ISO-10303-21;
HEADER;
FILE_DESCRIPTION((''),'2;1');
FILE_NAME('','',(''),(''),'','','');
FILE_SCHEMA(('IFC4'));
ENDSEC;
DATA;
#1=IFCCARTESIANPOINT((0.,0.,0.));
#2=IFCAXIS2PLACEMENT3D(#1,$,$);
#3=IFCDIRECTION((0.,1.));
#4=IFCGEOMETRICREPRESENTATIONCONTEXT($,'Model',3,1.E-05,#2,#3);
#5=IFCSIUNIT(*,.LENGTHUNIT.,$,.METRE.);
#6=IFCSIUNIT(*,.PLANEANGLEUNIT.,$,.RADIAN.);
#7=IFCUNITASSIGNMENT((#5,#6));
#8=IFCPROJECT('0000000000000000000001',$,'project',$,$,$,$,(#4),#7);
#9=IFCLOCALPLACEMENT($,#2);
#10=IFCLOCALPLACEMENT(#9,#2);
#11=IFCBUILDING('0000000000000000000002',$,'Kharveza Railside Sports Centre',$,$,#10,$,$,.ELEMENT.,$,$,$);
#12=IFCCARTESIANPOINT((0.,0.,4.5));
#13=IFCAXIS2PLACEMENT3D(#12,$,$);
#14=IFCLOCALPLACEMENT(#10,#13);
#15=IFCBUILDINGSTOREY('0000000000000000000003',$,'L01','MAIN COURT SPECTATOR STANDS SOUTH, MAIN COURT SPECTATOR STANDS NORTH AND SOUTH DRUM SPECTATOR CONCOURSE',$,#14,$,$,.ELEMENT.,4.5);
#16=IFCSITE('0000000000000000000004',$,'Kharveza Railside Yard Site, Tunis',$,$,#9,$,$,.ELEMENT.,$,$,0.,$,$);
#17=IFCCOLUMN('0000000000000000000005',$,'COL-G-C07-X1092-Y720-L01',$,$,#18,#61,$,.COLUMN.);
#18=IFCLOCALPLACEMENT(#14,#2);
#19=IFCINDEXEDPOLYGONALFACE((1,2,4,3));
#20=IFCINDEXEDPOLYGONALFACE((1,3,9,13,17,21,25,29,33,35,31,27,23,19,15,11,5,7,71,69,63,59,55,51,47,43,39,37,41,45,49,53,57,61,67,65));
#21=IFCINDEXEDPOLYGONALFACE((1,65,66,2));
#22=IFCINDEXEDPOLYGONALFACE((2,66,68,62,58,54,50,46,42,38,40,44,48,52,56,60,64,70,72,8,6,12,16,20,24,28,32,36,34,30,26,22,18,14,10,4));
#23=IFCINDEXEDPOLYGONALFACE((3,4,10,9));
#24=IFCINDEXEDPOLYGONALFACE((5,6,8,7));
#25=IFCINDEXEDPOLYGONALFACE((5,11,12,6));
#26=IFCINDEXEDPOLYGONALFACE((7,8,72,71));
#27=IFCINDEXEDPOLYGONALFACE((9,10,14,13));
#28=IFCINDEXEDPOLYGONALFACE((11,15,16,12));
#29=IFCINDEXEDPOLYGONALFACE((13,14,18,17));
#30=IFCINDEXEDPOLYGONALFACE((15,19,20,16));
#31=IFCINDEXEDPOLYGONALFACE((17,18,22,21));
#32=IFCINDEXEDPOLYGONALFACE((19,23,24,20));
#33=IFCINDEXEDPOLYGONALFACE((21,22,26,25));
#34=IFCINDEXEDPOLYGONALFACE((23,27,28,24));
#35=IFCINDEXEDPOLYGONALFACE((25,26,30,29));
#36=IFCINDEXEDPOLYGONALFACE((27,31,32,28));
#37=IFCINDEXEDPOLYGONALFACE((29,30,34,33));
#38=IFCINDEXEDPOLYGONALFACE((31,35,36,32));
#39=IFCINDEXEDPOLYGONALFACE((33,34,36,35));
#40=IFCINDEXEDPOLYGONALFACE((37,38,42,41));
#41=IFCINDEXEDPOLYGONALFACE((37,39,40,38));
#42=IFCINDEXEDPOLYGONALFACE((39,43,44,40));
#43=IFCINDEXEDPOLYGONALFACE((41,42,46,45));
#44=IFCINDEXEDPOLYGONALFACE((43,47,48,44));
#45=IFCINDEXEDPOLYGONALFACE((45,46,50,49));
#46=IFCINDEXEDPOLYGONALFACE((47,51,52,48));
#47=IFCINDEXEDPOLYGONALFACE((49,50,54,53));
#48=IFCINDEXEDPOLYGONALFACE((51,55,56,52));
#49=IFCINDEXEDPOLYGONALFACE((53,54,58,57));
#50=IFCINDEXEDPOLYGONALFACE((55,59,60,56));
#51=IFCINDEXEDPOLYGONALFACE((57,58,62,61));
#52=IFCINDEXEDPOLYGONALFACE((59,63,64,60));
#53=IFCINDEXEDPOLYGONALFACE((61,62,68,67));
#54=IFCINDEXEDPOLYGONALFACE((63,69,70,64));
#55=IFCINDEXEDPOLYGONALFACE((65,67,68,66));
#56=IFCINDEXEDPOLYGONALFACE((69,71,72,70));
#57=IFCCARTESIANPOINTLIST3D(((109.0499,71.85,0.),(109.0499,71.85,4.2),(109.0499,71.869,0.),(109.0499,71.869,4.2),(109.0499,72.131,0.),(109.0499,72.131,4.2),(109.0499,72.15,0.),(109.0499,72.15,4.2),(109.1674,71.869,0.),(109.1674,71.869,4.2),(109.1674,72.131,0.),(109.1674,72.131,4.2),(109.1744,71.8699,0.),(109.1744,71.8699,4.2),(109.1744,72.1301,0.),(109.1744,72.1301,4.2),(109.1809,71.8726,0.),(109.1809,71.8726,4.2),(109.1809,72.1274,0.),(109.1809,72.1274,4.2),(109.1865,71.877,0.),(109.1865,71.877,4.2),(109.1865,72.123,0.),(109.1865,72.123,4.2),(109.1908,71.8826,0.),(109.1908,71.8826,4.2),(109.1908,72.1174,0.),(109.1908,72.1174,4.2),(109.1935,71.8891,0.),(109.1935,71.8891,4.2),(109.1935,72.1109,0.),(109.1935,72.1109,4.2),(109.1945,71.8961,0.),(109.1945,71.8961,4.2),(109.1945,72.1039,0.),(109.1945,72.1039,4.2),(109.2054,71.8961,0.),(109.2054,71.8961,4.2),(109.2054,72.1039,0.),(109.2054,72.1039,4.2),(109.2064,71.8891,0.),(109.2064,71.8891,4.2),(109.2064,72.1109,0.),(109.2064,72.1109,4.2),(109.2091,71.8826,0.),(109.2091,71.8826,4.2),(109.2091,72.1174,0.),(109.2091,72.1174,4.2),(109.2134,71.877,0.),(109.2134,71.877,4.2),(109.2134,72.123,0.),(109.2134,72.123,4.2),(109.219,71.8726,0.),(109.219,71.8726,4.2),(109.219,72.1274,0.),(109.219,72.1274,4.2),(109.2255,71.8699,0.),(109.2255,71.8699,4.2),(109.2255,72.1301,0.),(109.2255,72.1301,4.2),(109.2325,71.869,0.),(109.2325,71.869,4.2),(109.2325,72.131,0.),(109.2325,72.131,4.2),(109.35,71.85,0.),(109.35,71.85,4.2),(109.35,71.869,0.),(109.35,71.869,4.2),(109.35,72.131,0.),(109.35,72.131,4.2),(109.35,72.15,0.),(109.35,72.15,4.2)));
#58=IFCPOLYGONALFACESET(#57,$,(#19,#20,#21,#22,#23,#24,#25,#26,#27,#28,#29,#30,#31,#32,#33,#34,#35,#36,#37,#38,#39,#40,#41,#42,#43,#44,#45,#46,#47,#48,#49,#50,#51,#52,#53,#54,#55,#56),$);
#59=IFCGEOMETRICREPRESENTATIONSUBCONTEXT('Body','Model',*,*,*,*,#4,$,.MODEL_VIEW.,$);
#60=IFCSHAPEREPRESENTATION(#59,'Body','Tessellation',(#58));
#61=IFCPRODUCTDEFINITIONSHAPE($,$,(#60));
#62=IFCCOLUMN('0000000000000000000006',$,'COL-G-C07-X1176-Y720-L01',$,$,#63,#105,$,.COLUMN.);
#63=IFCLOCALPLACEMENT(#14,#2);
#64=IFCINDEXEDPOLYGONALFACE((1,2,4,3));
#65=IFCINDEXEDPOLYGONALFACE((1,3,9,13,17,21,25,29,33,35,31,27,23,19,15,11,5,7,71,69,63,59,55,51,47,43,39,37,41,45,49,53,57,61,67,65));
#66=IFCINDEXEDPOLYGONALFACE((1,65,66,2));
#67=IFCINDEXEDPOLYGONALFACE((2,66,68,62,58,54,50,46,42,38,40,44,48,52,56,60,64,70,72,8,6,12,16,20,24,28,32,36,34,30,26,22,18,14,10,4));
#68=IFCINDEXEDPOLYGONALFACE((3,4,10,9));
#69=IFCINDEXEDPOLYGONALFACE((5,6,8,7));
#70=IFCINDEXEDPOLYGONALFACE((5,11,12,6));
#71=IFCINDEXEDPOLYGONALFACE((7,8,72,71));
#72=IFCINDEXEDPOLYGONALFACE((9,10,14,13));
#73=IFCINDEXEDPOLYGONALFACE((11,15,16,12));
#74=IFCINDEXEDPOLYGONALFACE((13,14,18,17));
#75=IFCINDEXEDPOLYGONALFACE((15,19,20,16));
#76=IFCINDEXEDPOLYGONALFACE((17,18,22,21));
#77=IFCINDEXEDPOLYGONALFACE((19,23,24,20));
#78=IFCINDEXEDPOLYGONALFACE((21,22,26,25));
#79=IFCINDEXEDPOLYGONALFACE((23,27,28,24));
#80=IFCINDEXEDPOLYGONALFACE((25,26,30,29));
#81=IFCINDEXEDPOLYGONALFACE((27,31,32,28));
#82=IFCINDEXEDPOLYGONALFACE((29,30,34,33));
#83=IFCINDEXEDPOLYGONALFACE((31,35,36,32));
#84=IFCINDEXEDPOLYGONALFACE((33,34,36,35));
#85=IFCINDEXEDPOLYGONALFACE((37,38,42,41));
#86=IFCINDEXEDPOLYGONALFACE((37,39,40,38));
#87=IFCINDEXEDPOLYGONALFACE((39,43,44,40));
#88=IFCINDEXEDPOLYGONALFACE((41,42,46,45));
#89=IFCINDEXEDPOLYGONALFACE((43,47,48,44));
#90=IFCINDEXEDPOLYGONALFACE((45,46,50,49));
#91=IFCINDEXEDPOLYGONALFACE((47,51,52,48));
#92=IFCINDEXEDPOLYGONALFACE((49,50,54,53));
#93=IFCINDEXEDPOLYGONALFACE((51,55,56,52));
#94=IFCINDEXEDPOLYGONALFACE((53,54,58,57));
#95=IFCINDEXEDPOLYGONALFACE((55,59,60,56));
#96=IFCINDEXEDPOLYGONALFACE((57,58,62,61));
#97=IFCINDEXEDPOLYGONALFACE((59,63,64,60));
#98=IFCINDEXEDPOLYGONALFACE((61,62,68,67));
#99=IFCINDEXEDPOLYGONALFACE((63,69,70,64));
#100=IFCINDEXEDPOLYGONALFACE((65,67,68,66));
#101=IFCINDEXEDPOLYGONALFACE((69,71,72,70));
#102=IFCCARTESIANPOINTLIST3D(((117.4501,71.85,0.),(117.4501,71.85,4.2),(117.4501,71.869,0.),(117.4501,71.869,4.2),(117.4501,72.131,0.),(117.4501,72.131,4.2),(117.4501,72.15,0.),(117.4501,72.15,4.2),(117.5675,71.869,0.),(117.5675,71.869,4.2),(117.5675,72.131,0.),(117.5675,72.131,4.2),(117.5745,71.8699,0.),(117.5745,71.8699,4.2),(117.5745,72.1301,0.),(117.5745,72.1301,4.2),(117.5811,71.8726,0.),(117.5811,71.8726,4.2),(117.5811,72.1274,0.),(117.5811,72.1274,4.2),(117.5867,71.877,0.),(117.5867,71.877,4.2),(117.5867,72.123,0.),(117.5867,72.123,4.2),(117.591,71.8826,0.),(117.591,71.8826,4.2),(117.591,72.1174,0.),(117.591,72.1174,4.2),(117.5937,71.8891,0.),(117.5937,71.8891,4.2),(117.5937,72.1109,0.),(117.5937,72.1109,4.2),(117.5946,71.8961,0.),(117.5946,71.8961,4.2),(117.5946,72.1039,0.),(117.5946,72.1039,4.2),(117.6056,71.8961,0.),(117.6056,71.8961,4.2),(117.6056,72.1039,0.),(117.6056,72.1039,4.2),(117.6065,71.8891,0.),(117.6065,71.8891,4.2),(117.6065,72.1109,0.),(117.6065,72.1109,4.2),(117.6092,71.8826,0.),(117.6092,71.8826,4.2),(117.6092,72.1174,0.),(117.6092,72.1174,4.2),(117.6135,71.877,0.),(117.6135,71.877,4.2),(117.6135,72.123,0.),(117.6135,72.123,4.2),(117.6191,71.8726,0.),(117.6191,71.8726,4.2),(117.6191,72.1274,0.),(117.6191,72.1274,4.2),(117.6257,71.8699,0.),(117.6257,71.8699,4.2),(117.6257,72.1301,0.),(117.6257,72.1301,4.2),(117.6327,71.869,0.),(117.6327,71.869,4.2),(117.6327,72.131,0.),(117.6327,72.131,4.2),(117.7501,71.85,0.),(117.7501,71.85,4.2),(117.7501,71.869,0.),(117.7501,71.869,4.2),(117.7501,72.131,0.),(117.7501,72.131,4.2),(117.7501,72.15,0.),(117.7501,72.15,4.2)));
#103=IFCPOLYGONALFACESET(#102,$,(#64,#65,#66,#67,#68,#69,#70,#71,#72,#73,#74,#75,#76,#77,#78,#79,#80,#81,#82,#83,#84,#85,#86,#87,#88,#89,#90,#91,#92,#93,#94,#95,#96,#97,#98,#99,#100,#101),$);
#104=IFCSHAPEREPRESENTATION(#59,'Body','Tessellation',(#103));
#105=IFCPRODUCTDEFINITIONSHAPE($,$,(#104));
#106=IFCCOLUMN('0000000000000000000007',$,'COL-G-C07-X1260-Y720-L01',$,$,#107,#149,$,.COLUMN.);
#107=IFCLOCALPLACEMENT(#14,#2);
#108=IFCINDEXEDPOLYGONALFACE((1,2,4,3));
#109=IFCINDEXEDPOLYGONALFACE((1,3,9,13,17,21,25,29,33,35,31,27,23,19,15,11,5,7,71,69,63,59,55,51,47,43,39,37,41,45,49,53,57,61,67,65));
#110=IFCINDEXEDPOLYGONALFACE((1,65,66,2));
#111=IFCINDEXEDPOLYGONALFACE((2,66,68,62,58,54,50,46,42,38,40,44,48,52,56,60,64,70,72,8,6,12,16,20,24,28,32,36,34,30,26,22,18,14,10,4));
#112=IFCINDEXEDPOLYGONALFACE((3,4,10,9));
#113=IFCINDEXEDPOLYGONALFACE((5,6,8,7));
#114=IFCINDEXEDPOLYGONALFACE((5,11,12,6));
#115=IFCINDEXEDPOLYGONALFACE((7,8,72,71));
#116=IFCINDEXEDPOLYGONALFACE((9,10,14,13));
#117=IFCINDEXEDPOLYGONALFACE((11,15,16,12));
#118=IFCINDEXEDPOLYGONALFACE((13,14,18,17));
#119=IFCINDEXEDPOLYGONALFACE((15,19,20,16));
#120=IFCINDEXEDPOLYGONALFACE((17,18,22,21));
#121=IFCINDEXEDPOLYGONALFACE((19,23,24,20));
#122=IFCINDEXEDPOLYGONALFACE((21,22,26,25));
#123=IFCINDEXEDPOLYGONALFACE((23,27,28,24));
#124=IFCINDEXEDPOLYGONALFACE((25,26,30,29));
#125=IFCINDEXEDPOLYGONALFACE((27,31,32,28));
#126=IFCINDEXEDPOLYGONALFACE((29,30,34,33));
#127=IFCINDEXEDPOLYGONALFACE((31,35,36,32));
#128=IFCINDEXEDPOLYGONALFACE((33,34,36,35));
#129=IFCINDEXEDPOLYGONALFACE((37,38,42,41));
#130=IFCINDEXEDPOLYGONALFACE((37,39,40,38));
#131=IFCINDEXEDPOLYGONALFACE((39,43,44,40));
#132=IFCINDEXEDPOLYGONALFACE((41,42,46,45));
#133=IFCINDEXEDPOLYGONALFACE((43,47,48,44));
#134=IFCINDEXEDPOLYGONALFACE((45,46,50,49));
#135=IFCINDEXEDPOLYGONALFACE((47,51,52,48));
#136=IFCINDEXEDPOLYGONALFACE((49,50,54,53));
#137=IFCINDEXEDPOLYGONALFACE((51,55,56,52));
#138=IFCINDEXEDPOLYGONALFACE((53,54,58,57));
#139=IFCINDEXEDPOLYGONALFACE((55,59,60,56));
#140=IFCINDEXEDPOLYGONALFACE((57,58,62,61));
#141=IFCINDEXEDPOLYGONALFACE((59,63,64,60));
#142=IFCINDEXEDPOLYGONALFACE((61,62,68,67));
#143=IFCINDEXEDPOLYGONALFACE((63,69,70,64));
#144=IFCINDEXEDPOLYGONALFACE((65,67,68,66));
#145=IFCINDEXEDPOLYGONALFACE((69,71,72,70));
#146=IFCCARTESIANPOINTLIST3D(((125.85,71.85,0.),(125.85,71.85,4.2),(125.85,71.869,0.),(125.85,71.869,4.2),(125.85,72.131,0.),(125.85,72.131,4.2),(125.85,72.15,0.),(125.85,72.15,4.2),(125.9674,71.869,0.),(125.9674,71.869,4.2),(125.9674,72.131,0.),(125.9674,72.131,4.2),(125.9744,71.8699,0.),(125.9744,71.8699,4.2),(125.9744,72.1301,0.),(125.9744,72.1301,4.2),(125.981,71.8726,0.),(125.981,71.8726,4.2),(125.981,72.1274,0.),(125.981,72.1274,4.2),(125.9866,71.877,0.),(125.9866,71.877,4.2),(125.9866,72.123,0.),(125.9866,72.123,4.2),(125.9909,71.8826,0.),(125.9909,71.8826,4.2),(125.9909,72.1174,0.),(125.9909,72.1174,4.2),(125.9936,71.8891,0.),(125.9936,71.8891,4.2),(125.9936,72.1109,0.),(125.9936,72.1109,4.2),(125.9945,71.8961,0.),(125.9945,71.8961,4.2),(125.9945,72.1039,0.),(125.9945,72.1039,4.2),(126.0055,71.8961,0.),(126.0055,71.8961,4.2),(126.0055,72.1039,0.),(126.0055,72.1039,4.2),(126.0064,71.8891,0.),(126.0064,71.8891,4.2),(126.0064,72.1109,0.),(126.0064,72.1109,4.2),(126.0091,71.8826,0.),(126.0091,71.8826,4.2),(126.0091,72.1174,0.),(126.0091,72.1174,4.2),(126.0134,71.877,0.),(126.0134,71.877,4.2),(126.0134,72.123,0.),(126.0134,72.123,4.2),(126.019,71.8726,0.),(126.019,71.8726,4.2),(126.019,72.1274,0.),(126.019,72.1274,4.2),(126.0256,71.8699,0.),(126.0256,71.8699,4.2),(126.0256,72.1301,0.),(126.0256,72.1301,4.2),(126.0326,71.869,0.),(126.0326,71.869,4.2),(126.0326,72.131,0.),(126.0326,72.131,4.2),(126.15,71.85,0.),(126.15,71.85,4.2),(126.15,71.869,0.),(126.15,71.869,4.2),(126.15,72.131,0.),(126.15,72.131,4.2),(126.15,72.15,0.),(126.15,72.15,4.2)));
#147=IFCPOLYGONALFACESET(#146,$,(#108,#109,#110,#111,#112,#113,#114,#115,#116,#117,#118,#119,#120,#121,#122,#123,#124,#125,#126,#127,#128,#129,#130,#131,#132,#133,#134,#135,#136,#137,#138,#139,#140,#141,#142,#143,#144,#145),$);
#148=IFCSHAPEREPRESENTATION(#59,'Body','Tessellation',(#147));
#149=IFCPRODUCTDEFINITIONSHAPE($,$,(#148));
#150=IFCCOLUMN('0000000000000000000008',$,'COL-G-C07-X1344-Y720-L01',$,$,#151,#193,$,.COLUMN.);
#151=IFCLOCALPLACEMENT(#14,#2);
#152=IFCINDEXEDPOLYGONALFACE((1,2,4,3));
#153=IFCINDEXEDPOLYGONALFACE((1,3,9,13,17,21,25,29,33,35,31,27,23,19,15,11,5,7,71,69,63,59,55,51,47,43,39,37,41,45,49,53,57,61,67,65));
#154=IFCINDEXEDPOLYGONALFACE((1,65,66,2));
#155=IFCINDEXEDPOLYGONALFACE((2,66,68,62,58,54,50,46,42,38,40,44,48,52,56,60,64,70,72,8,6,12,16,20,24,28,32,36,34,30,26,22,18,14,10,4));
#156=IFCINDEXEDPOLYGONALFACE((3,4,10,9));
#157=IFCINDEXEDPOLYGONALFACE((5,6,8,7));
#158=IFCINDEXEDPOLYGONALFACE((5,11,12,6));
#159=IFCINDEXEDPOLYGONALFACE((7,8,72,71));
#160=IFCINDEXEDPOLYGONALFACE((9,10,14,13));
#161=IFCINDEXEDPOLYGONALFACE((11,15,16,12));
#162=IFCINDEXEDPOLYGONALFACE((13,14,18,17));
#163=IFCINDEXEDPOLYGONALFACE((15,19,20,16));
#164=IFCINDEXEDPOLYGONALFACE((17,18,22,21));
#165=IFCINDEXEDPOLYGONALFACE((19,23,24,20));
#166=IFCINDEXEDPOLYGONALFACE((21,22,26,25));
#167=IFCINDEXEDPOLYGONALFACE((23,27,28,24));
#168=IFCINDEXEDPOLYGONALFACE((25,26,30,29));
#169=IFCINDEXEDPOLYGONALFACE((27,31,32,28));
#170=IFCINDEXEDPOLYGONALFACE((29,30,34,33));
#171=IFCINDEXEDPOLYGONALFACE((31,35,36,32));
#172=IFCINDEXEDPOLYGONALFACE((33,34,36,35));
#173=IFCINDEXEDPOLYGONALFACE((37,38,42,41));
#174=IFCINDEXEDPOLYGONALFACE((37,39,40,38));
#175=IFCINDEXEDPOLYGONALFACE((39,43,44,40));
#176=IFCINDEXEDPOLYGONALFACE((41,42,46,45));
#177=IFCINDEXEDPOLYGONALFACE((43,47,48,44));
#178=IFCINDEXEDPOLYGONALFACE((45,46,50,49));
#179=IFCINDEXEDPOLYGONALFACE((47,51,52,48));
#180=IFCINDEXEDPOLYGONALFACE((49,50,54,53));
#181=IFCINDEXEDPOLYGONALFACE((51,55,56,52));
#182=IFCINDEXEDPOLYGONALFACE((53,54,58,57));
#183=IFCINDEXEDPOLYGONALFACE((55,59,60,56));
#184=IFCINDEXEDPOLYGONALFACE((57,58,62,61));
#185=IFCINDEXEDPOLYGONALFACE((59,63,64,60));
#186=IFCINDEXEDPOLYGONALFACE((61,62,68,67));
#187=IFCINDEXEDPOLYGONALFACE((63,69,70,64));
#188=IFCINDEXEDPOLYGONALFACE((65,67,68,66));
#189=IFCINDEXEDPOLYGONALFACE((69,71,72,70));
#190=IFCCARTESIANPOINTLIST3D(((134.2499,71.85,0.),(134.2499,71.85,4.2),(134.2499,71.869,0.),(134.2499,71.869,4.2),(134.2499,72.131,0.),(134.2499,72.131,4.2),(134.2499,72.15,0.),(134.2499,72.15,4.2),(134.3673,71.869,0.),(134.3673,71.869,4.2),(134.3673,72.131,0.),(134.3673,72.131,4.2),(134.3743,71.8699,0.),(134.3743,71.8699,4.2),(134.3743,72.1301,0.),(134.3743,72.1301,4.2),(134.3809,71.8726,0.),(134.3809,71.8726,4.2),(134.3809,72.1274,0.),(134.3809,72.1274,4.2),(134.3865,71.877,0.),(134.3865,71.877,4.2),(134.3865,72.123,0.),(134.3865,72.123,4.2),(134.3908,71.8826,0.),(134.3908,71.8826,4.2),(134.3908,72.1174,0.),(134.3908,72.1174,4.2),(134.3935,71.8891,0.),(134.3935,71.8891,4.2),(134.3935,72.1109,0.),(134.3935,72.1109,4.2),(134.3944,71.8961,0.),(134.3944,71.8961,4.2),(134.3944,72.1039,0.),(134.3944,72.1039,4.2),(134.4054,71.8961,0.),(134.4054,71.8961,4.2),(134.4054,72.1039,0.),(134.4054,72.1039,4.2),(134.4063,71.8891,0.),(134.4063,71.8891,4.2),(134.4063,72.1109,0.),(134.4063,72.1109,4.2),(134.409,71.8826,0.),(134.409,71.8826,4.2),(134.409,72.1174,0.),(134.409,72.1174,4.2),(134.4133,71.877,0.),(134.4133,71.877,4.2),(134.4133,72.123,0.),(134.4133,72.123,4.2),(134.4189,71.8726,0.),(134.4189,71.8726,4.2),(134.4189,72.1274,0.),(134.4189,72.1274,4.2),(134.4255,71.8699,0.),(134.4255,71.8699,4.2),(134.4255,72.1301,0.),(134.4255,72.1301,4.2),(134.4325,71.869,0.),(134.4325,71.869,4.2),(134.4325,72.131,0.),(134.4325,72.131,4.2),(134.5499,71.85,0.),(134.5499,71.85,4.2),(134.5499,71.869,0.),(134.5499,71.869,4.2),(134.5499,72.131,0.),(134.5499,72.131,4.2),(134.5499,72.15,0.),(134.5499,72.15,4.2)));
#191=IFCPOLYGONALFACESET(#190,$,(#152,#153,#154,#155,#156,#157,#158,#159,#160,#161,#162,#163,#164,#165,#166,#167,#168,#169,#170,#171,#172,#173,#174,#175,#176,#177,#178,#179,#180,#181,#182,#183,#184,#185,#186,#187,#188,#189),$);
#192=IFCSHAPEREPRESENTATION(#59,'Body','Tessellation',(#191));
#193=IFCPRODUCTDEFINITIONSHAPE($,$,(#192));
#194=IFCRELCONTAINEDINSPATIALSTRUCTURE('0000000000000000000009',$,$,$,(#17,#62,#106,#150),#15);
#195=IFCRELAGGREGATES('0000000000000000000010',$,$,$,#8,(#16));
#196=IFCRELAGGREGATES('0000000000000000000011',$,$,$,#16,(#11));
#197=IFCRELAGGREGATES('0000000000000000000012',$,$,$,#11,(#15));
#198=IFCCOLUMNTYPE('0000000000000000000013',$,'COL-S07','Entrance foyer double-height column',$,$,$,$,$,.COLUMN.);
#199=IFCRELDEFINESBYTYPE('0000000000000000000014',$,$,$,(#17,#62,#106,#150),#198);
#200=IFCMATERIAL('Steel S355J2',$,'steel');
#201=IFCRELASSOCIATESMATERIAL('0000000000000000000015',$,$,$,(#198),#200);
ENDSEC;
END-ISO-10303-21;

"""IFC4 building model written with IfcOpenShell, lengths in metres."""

from ifc_helpers import new_model, si_unit, direction, frame, origin, origin_2d, place, context, subcontext, project, spatial, i_section, extrude, material, material_profile, profile_set, type_object, element, save


model = new_model("IFC4")

# Units and contexts
model_context = context("Model", 3, precision=1e-05, world=origin(), true_north=direction((0.0, 1.0)))
body_context = subcontext(model_context, "Body", "Model", "MODEL_VIEW")
ifc_project = project(units=[si_unit("LENGTHUNIT", "METRE"), si_unit("PLANEANGLEUNIT", "RADIAN")], contexts=[model_context])

# Site, building, storey
site_placement = place(None, origin())
site = spatial("IfcSite", under=ifc_project, at=site_placement, Name="Kharveza Railside Yard Site, Tunis", CompositionType="ELEMENT", RefElevation=0.0)
building_placement = place(site_placement, origin())
building = spatial("IfcBuilding", under=site, at=building_placement, Name="Kharveza Railside Sports Centre", CompositionType="ELEMENT")
storey_placement = place(building_placement, frame((0.0, 0.0, 4.5)))
storey = spatial("IfcBuildingStorey", under=building, at=storey_placement, Name="L01", Description="MAIN COURT SPECTATOR STANDS SOUTH, MAIN COURT SPECTATOR STANDS NORTH AND SOUTH DRUM SPECTATOR CONCOURSE", CompositionType="ELEMENT", Elevation=4.5)

# Columns
ifc_material_1 = material(Name="Steel S355J2", Category="steel")
ifc_material_profile_1 = material_profile(ifc_material_1, i_section(OverallWidth=0.3, OverallDepth=0.3, WebThickness=0.011, FlangeThickness=0.019, FilletRadius=0.0271, at=origin_2d()), Name="HEB 300")
ifc_profile_set_1 = profile_set([ifc_material_profile_1], Name="Steel S355J2")
column_type = type_object("IfcColumnType", Name="COL-S07", Description="Entrance foyer double-height column", PredefinedType="COLUMN", material=ifc_profile_set_1)
for number, where, z_axis, x_axis, name in (
    (1, (109.2, 72.0, 0.0), (0.0, 0.0, 1.0), (1.0, 0.0, 0.0), "COL-G-C07-X1092-Y720-L01"),
    (2, (117.6001, 72.0, 0.0), (0.0, 0.0, 1.0), (1.0, 0.0, 0.0), "COL-G-C07-X1176-Y720-L01"),
    (3, (126.0, 72.0, 0.0), (0.0, 0.0, 1.0), (1.0, 0.0, 0.0), "COL-G-C07-X1260-Y720-L01"),
    (4, (134.3999, 72.0, 0.0), (0.0, 0.0, 1.0), (1.0, 0.0, 0.0), "COL-G-C07-X1344-Y720-L01"),
):
    element("IfcColumn", number, at=place(storey_placement, frame(where, z_axis=z_axis, x_axis=x_axis)), inside=storey, type_object=column_type, Name=name, PredefinedType="COLUMN", context=body_context, shape_type="SweptSolid", body=[
        extrude(i_section(OverallWidth=0.3, OverallDepth=0.3, WebThickness=0.011, FlangeThickness=0.019, FilletRadius=0.0271, at=origin_2d()), origin(), (0.0, 0.0, 1.0), 4.2),
    ])

save(model, "model.ifc")
